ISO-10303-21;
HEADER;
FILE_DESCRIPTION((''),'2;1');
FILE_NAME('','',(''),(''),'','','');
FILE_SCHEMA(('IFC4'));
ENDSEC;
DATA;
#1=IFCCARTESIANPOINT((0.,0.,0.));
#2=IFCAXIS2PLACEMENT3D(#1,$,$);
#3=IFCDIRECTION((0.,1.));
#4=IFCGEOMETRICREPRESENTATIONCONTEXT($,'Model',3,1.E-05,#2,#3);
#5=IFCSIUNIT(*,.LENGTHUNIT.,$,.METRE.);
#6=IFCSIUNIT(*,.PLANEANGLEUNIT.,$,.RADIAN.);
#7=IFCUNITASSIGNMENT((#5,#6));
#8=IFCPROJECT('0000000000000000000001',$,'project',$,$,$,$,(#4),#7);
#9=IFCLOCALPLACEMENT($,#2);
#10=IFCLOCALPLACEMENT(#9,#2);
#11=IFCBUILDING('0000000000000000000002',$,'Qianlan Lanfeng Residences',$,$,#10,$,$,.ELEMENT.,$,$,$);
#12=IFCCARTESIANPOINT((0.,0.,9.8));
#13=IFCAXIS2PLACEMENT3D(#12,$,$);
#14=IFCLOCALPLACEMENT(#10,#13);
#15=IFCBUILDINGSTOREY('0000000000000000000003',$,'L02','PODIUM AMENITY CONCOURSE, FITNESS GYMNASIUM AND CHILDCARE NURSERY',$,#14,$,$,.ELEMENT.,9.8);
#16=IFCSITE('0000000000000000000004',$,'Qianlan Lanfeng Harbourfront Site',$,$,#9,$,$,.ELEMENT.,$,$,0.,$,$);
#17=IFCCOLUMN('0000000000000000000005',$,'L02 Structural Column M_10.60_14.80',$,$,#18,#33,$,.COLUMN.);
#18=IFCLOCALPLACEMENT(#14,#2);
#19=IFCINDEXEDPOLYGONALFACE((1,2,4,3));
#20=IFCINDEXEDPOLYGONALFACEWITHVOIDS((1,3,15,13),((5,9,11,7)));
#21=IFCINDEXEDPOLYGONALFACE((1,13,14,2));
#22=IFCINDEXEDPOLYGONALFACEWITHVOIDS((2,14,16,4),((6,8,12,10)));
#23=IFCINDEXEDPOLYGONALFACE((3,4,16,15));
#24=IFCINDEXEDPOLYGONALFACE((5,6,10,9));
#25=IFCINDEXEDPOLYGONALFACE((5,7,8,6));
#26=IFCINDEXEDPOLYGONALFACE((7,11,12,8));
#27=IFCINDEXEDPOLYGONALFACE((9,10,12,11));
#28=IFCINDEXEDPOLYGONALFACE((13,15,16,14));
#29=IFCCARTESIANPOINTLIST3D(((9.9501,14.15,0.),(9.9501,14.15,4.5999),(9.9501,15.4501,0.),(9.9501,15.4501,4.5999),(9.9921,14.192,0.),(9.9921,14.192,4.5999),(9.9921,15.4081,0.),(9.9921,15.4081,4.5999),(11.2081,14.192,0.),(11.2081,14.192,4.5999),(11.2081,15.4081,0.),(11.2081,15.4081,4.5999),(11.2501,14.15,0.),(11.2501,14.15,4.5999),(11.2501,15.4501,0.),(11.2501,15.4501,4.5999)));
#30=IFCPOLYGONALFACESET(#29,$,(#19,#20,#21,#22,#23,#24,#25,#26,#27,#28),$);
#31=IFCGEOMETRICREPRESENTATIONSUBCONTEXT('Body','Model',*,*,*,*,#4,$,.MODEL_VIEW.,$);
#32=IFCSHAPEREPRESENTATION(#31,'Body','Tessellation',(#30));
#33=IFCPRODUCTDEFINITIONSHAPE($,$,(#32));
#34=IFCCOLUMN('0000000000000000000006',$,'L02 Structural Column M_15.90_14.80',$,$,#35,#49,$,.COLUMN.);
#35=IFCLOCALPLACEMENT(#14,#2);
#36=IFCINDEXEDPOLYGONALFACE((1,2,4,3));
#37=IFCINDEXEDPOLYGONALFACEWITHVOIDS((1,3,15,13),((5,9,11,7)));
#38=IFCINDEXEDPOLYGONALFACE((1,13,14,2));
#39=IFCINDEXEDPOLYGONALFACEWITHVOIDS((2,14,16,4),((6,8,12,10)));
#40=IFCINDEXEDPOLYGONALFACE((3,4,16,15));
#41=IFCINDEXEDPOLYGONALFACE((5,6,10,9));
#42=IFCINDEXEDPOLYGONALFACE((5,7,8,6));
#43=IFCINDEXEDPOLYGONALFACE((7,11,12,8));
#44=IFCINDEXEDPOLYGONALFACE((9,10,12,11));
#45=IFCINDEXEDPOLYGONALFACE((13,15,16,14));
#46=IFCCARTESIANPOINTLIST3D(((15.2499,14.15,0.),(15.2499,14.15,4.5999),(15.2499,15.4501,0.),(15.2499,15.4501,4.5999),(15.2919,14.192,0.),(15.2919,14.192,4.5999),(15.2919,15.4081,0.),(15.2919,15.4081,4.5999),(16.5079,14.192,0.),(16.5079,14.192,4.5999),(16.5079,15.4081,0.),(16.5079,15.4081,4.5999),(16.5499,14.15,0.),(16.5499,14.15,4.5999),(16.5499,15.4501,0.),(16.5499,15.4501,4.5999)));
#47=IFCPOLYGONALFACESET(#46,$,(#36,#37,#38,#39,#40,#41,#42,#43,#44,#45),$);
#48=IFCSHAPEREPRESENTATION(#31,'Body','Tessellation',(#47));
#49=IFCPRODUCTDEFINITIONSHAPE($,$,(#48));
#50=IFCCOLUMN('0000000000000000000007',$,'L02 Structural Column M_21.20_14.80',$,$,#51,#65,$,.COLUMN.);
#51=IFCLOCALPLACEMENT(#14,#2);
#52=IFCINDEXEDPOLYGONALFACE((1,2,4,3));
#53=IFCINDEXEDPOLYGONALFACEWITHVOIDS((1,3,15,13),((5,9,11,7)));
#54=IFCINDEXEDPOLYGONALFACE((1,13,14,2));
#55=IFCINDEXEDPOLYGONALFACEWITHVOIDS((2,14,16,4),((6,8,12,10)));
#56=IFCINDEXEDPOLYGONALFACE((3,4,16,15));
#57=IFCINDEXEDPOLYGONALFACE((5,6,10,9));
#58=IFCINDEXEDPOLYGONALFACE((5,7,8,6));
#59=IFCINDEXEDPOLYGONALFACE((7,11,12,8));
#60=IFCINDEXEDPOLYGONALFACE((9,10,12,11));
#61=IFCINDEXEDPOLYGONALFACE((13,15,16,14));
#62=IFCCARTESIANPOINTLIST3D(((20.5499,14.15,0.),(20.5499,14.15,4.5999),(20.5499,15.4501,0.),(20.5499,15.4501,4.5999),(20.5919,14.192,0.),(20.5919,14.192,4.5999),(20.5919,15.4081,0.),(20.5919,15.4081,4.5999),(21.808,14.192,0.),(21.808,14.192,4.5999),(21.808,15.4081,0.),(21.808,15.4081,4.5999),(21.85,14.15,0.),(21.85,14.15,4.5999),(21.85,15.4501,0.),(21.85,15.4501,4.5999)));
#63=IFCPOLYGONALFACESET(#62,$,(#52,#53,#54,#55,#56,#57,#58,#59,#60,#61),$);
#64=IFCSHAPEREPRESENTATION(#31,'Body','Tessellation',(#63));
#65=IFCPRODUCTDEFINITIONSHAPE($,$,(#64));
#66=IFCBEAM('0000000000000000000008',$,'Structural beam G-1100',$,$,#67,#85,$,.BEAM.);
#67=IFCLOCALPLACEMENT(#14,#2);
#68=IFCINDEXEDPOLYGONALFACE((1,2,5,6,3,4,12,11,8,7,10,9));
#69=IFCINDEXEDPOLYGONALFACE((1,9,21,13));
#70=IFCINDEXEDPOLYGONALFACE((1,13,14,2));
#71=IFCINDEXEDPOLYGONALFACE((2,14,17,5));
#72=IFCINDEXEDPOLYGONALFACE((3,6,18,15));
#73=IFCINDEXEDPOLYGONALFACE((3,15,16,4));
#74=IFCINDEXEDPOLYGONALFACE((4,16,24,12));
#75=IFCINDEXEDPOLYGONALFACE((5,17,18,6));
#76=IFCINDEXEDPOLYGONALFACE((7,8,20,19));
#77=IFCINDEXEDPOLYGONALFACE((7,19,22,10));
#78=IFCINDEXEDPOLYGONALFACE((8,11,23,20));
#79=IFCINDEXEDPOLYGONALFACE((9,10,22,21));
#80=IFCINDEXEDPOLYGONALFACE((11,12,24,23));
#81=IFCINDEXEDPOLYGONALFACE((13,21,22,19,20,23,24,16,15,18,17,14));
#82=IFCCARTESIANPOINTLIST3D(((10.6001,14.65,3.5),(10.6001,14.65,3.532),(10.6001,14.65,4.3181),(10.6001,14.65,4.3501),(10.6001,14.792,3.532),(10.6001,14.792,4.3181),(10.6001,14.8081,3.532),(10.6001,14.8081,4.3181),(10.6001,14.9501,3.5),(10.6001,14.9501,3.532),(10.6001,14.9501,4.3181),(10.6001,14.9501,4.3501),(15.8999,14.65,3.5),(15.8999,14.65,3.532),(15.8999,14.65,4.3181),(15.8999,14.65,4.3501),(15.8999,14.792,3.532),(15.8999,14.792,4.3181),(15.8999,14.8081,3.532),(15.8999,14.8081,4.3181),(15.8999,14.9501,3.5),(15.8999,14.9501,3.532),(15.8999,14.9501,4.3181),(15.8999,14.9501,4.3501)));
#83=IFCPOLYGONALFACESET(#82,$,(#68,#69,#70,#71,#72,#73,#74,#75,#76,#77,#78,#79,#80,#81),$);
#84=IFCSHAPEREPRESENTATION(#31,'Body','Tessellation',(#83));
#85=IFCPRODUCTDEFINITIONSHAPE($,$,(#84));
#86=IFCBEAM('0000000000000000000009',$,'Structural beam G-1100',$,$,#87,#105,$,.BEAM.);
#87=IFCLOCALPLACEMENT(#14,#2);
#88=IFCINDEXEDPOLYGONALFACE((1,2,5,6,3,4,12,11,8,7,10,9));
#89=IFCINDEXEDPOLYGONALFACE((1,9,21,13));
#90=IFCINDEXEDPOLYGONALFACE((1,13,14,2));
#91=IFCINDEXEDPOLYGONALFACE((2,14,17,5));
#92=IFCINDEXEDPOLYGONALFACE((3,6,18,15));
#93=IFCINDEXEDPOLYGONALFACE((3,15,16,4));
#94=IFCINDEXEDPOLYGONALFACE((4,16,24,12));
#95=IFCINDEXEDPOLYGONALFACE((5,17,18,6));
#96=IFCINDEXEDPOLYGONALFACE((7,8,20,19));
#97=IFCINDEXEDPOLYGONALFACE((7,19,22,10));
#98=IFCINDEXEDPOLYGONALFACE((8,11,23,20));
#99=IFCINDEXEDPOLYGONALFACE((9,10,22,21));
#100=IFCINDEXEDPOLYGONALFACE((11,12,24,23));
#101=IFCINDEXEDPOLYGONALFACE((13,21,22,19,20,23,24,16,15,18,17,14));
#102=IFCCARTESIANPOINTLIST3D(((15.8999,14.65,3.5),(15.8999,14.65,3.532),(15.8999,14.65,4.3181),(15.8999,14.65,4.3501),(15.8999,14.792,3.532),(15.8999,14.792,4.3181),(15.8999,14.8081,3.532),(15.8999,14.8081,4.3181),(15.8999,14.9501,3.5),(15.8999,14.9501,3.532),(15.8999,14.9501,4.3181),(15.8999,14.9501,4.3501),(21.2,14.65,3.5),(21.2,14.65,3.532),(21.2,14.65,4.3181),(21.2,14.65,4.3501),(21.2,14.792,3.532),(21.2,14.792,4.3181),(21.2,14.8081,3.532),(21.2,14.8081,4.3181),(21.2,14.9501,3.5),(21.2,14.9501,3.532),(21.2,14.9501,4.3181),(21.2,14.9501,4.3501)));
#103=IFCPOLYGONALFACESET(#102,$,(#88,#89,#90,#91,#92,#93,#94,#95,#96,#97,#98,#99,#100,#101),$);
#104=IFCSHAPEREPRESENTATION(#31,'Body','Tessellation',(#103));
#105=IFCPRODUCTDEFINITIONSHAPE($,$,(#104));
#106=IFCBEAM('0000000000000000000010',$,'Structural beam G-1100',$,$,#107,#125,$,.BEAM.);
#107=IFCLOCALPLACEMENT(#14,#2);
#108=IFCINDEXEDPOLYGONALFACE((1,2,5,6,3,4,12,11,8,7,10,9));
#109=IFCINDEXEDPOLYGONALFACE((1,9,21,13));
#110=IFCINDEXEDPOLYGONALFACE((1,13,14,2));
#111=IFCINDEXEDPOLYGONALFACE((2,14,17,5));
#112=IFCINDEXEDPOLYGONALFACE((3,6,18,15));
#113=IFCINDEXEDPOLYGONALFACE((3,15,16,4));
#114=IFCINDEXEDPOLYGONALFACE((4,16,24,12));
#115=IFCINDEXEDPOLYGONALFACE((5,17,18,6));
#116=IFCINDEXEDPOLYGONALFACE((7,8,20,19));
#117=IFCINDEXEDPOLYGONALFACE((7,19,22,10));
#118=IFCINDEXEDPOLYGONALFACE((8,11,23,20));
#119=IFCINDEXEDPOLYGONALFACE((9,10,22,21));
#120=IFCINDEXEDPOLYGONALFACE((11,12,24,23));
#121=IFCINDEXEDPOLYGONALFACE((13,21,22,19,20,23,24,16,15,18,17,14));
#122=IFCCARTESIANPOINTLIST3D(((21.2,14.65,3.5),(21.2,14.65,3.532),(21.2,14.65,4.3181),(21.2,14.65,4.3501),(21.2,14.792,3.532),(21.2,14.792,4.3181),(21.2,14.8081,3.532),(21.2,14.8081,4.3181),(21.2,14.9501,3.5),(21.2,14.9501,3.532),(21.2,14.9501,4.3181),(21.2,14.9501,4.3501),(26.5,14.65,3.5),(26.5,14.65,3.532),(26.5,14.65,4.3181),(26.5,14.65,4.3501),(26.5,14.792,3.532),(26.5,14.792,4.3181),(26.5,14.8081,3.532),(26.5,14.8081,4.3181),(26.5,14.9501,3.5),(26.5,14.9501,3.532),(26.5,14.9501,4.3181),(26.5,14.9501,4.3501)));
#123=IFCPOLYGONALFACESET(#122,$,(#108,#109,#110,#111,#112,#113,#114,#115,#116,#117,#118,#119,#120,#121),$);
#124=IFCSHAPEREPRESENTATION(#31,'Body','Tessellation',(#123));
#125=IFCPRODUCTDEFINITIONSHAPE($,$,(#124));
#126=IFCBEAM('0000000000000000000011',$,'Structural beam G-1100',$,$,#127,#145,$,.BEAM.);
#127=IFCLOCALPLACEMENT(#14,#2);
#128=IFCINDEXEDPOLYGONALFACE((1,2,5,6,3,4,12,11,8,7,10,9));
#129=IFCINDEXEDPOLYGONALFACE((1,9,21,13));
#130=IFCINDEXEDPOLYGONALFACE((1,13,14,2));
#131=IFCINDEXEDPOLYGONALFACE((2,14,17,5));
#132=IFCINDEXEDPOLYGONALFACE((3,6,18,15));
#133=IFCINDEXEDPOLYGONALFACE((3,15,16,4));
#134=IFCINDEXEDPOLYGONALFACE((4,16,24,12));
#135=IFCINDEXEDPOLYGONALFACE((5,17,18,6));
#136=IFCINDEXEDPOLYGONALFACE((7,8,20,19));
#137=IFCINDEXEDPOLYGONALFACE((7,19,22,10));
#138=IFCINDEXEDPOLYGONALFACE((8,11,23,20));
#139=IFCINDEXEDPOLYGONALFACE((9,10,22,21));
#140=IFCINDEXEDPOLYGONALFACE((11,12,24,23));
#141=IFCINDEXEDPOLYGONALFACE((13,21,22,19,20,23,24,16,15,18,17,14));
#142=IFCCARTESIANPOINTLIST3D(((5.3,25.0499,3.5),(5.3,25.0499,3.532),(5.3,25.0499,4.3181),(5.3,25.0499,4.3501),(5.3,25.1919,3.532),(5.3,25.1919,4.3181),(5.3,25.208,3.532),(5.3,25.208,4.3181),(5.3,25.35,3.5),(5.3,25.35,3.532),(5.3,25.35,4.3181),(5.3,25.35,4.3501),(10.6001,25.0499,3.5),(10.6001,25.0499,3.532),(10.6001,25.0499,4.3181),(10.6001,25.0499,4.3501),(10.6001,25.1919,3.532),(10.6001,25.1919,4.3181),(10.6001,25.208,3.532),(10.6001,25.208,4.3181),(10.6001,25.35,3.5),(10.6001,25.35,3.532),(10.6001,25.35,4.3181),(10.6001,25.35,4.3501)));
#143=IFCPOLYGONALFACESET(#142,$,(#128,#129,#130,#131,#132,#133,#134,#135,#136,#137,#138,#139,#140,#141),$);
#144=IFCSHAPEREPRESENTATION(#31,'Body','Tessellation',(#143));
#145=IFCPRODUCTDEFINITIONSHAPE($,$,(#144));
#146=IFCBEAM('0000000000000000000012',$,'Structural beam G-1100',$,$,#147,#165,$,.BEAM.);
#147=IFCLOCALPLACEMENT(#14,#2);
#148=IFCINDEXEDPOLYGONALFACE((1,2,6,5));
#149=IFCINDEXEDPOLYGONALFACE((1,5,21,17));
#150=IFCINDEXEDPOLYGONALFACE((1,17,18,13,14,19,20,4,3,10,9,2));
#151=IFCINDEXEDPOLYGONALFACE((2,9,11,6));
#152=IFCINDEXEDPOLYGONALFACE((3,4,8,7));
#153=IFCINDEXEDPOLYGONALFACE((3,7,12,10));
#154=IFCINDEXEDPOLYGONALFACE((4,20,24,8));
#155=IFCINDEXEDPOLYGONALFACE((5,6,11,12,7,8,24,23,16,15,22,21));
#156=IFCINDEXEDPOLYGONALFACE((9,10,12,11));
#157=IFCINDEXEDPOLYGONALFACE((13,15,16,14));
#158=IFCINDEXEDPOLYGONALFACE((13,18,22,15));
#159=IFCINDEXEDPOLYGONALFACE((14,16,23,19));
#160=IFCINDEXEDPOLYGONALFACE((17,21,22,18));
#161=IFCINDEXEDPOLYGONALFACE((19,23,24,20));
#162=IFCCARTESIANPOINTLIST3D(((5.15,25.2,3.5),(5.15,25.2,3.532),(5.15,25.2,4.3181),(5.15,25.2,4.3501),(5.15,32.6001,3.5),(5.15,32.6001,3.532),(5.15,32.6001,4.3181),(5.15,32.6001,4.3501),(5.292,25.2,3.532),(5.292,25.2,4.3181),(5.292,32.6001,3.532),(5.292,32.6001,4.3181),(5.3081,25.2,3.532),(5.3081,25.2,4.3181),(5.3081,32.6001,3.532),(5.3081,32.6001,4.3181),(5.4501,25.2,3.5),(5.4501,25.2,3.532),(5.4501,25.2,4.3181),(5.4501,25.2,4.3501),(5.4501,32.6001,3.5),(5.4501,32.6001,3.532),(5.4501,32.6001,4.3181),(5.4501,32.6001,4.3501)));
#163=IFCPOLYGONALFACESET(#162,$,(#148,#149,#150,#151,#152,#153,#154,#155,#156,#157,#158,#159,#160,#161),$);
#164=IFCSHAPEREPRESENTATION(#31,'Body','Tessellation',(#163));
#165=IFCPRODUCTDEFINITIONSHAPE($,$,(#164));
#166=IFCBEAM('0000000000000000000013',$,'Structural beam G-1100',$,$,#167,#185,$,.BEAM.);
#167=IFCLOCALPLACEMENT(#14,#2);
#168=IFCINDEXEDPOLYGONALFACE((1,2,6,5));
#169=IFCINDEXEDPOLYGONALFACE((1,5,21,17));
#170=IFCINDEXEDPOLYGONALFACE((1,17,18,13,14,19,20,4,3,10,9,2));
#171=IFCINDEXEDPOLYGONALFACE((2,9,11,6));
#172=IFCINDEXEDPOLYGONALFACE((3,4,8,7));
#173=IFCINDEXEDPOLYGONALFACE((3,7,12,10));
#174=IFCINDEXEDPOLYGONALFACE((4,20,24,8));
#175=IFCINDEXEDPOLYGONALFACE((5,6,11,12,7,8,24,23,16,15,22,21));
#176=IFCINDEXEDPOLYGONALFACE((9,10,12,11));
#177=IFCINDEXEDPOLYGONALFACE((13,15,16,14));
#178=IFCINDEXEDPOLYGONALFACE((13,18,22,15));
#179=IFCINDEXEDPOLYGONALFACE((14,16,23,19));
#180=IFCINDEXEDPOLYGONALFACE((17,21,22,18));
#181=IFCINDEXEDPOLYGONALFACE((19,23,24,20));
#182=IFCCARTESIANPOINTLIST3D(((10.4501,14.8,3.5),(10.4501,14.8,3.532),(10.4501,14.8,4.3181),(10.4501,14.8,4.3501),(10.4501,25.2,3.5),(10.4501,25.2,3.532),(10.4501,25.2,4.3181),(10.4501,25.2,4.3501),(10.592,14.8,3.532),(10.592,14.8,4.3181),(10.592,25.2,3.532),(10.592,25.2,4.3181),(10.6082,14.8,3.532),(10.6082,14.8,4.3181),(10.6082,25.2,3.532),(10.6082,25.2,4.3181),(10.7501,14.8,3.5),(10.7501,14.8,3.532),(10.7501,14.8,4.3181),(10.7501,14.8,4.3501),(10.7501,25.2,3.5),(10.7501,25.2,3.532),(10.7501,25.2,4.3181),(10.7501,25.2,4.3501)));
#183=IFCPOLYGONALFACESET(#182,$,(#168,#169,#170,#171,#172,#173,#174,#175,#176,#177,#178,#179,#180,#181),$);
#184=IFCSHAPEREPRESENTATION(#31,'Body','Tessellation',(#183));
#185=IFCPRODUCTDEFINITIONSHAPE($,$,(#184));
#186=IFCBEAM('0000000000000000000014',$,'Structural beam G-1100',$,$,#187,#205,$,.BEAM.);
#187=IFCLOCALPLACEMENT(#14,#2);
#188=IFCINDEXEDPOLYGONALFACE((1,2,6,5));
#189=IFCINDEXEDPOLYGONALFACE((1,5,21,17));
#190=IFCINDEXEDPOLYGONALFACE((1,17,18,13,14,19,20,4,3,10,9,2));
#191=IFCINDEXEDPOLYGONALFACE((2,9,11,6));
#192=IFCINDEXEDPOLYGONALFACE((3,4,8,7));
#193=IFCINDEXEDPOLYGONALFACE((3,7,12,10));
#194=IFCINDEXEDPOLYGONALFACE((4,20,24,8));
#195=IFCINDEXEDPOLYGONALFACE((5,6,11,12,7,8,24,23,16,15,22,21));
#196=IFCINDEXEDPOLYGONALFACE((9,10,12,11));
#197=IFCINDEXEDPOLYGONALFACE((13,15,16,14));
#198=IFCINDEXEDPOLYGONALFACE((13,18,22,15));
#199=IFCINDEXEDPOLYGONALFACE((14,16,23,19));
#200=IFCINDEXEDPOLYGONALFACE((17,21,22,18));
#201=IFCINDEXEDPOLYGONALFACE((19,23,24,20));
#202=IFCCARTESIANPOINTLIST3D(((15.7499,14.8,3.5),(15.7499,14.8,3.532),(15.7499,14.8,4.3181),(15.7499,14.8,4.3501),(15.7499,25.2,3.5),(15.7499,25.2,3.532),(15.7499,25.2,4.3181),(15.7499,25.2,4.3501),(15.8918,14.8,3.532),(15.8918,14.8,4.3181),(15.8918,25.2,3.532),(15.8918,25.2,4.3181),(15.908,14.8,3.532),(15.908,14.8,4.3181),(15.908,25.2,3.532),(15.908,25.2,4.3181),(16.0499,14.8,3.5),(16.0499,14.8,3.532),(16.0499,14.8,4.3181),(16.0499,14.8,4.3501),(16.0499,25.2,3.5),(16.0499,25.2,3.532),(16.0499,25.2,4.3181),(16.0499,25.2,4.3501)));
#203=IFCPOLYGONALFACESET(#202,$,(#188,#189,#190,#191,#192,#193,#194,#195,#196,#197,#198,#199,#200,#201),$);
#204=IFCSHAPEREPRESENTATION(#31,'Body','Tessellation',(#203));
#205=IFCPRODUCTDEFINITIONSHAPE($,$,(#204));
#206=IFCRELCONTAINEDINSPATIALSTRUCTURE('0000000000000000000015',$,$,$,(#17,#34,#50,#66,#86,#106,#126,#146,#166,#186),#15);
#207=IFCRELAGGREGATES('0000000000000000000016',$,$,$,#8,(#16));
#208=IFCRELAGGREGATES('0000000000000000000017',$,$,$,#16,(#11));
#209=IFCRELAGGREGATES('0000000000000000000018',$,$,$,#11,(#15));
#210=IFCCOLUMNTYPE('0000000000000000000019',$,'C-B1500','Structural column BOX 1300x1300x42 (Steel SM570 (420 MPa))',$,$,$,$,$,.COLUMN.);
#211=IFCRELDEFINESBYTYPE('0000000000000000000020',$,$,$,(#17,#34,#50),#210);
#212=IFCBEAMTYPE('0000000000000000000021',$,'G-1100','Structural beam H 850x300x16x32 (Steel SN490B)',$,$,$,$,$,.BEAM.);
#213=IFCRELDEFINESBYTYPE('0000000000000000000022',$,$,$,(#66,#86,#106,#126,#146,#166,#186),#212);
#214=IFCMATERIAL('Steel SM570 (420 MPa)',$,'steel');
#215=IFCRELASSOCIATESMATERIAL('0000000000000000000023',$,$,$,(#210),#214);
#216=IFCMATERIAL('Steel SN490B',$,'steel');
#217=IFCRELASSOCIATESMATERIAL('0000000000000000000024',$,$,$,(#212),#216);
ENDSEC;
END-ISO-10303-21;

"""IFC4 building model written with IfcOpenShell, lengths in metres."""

from ifc_helpers import new_model, si_unit, direction, frame, origin, origin_2d, place, context, subcontext, project, spatial, hollow_rectangle, i_section, extrude, material, material_profile, profile_set, type_object, element, save


model = new_model("IFC4")

# Units and contexts
model_context = context("Model", 3, precision=1e-05, world=origin(), true_north=direction((0.0, 1.0)))
body_context = subcontext(model_context, "Body", "Model", "MODEL_VIEW")
ifc_project = project(units=[si_unit("LENGTHUNIT", "METRE"), si_unit("PLANEANGLEUNIT", "RADIAN")], contexts=[model_context])

# Site, building, storey
site_placement = place(None, origin())
site = spatial("IfcSite", under=ifc_project, at=site_placement, Name="Qianlan Lanfeng Harbourfront Site", CompositionType="ELEMENT", RefElevation=0.0)
building_placement = place(site_placement, origin())
building = spatial("IfcBuilding", under=site, at=building_placement, Name="Qianlan Lanfeng Residences", CompositionType="ELEMENT")
storey_placement = place(building_placement, frame((0.0, 0.0, 9.8)))
storey = spatial("IfcBuildingStorey", under=building, at=storey_placement, Name="L02", Description="PODIUM AMENITY CONCOURSE, FITNESS GYMNASIUM AND CHILDCARE NURSERY", CompositionType="ELEMENT", Elevation=9.8)

# Columns
ifc_material_1 = material(Name="Steel SM570 (420 MPa)", Category="steel")
ifc_material_profile_1 = material_profile(ifc_material_1, hollow_rectangle(XDim=1.3, YDim=1.3, WallThickness=0.042, at=origin_2d()), Name="BOX 1300x1300x42")
ifc_profile_set_1 = profile_set([ifc_material_profile_1], Name="Steel SM570 (420 MPa)")
column_type = type_object("IfcColumnType", Name="C-B1500", Description="Structural column BOX 1300x1300x42 (Steel SM570 (420 MPa))", PredefinedType="COLUMN", material=ifc_profile_set_1)
for number, where, z_axis, x_axis, name in (
    (1, (10.6001, 14.8, 0.0), (0.0, 0.0, 1.0), (1.0, 0.0, 0.0), "L02 Structural Column M_10.60_14.80"),
    (2, (15.8999, 14.8, 0.0), (0.0, 0.0, 1.0), (1.0, 0.0, 0.0), "L02 Structural Column M_15.90_14.80"),
    (3, (21.2, 14.8, 0.0), (0.0, 0.0, 1.0), (1.0, 0.0, 0.0), "L02 Structural Column M_21.20_14.80"),
):
    element("IfcColumn", number, at=place(storey_placement, frame(where, z_axis=z_axis, x_axis=x_axis)), inside=storey, type_object=column_type, Name=name, PredefinedType="COLUMN", context=body_context, shape_type="SweptSolid", body=[
        extrude(hollow_rectangle(XDim=1.3, YDim=1.3, WallThickness=0.042, at=origin_2d()), origin(), (0.0, 0.0, 1.0), 4.5999),
    ])

# Beams
ifc_material_2 = material(Name="Steel SN490B", Category="steel")
ifc_material_profile_2 = material_profile(ifc_material_2, i_section(OverallWidth=0.3, OverallDepth=0.8501, WebThickness=0.0161, FlangeThickness=0.032, at=origin_2d()), Name="H 850x300x16x32")
ifc_profile_set_2 = profile_set([ifc_material_profile_2], Name="Steel SN490B")
beam_type_1 = type_object("IfcBeamType", Name="G-1100", Description="Structural beam H 850x300x16x32 (Steel SN490B)", PredefinedType="BEAM", material=ifc_profile_set_2)
beam_1_placement = place(storey_placement, frame((10.6001, 14.8, 3.925), z_axis=(1.0, 0.0, 0.0), x_axis=(0.0, 1.0, 0.0)))
element("IfcBeam", 4, at=beam_1_placement, inside=storey, type_object=beam_type_1, Name="Structural beam G-1100", PredefinedType="BEAM", context=body_context, shape_type="SweptSolid", body=[
    extrude(i_section(OverallWidth=0.3, OverallDepth=0.8501, WebThickness=0.0161, FlangeThickness=0.032, at=origin_2d()), origin(), (0.0, 0.0, 1.0), 5.2998),
])
for number, where, z_axis, x_axis, name in (
    (5, (15.8999, 14.8, 3.925), (1.0, 0.0, 0.0), (0.0, 1.0, 0.0), "Structural beam G-1100"),
    (6, (21.2, 14.8, 3.925), (1.0, 0.0, 0.0), (0.0, 1.0, 0.0), "Structural beam G-1100"),
    (7, (5.3, 25.2, 3.925), (1.0, 0.0, 0.0), (0.0, 1.0, 0.0), "Structural beam G-1100"),
):
    element("IfcBeam", number, at=place(storey_placement, frame(where, z_axis=z_axis, x_axis=x_axis)), inside=storey, type_object=beam_type_1, Name=name, PredefinedType="BEAM", context=body_context, shape_type="SweptSolid", body=[
        extrude(i_section(OverallWidth=0.3, OverallDepth=0.8501, WebThickness=0.0161, FlangeThickness=0.032, at=origin_2d()), origin(), (0.0, 0.0, 1.0), 5.3),
    ])
beam_2_placement = place(storey_placement, frame((5.3, 25.2, 3.925), z_axis=(0.0, 1.0, 0.0), x_axis=(-1.0, 0.0, 0.0)))
element("IfcBeam", 8, at=beam_2_placement, inside=storey, type_object=beam_type_1, Name="Structural beam G-1100", PredefinedType="BEAM", context=body_context, shape_type="SweptSolid", body=[
    extrude(i_section(OverallWidth=0.3, OverallDepth=0.8501, WebThickness=0.0161, FlangeThickness=0.032, at=origin_2d()), origin(), (0.0, 0.0, 1.0), 7.4001),
])
for number, where, z_axis, x_axis, name in (
    (9, (10.6001, 14.8, 3.925), (0.0, 1.0, 0.0), (-1.0, 0.0, 0.0), "Structural beam G-1100"),
    (10, (15.8999, 14.8, 3.925), (0.0, 1.0, 0.0), (-1.0, 0.0, 0.0), "Structural beam G-1100"),
):
    element("IfcBeam", number, at=place(storey_placement, frame(where, z_axis=z_axis, x_axis=x_axis)), inside=storey, type_object=beam_type_1, Name=name, PredefinedType="BEAM", context=body_context, shape_type="SweptSolid", body=[
        extrude(i_section(OverallWidth=0.3, OverallDepth=0.8501, WebThickness=0.0161, FlangeThickness=0.032, at=origin_2d()), origin(), (0.0, 0.0, 1.0), 10.3999),
    ])

save(model, "model.ifc")
